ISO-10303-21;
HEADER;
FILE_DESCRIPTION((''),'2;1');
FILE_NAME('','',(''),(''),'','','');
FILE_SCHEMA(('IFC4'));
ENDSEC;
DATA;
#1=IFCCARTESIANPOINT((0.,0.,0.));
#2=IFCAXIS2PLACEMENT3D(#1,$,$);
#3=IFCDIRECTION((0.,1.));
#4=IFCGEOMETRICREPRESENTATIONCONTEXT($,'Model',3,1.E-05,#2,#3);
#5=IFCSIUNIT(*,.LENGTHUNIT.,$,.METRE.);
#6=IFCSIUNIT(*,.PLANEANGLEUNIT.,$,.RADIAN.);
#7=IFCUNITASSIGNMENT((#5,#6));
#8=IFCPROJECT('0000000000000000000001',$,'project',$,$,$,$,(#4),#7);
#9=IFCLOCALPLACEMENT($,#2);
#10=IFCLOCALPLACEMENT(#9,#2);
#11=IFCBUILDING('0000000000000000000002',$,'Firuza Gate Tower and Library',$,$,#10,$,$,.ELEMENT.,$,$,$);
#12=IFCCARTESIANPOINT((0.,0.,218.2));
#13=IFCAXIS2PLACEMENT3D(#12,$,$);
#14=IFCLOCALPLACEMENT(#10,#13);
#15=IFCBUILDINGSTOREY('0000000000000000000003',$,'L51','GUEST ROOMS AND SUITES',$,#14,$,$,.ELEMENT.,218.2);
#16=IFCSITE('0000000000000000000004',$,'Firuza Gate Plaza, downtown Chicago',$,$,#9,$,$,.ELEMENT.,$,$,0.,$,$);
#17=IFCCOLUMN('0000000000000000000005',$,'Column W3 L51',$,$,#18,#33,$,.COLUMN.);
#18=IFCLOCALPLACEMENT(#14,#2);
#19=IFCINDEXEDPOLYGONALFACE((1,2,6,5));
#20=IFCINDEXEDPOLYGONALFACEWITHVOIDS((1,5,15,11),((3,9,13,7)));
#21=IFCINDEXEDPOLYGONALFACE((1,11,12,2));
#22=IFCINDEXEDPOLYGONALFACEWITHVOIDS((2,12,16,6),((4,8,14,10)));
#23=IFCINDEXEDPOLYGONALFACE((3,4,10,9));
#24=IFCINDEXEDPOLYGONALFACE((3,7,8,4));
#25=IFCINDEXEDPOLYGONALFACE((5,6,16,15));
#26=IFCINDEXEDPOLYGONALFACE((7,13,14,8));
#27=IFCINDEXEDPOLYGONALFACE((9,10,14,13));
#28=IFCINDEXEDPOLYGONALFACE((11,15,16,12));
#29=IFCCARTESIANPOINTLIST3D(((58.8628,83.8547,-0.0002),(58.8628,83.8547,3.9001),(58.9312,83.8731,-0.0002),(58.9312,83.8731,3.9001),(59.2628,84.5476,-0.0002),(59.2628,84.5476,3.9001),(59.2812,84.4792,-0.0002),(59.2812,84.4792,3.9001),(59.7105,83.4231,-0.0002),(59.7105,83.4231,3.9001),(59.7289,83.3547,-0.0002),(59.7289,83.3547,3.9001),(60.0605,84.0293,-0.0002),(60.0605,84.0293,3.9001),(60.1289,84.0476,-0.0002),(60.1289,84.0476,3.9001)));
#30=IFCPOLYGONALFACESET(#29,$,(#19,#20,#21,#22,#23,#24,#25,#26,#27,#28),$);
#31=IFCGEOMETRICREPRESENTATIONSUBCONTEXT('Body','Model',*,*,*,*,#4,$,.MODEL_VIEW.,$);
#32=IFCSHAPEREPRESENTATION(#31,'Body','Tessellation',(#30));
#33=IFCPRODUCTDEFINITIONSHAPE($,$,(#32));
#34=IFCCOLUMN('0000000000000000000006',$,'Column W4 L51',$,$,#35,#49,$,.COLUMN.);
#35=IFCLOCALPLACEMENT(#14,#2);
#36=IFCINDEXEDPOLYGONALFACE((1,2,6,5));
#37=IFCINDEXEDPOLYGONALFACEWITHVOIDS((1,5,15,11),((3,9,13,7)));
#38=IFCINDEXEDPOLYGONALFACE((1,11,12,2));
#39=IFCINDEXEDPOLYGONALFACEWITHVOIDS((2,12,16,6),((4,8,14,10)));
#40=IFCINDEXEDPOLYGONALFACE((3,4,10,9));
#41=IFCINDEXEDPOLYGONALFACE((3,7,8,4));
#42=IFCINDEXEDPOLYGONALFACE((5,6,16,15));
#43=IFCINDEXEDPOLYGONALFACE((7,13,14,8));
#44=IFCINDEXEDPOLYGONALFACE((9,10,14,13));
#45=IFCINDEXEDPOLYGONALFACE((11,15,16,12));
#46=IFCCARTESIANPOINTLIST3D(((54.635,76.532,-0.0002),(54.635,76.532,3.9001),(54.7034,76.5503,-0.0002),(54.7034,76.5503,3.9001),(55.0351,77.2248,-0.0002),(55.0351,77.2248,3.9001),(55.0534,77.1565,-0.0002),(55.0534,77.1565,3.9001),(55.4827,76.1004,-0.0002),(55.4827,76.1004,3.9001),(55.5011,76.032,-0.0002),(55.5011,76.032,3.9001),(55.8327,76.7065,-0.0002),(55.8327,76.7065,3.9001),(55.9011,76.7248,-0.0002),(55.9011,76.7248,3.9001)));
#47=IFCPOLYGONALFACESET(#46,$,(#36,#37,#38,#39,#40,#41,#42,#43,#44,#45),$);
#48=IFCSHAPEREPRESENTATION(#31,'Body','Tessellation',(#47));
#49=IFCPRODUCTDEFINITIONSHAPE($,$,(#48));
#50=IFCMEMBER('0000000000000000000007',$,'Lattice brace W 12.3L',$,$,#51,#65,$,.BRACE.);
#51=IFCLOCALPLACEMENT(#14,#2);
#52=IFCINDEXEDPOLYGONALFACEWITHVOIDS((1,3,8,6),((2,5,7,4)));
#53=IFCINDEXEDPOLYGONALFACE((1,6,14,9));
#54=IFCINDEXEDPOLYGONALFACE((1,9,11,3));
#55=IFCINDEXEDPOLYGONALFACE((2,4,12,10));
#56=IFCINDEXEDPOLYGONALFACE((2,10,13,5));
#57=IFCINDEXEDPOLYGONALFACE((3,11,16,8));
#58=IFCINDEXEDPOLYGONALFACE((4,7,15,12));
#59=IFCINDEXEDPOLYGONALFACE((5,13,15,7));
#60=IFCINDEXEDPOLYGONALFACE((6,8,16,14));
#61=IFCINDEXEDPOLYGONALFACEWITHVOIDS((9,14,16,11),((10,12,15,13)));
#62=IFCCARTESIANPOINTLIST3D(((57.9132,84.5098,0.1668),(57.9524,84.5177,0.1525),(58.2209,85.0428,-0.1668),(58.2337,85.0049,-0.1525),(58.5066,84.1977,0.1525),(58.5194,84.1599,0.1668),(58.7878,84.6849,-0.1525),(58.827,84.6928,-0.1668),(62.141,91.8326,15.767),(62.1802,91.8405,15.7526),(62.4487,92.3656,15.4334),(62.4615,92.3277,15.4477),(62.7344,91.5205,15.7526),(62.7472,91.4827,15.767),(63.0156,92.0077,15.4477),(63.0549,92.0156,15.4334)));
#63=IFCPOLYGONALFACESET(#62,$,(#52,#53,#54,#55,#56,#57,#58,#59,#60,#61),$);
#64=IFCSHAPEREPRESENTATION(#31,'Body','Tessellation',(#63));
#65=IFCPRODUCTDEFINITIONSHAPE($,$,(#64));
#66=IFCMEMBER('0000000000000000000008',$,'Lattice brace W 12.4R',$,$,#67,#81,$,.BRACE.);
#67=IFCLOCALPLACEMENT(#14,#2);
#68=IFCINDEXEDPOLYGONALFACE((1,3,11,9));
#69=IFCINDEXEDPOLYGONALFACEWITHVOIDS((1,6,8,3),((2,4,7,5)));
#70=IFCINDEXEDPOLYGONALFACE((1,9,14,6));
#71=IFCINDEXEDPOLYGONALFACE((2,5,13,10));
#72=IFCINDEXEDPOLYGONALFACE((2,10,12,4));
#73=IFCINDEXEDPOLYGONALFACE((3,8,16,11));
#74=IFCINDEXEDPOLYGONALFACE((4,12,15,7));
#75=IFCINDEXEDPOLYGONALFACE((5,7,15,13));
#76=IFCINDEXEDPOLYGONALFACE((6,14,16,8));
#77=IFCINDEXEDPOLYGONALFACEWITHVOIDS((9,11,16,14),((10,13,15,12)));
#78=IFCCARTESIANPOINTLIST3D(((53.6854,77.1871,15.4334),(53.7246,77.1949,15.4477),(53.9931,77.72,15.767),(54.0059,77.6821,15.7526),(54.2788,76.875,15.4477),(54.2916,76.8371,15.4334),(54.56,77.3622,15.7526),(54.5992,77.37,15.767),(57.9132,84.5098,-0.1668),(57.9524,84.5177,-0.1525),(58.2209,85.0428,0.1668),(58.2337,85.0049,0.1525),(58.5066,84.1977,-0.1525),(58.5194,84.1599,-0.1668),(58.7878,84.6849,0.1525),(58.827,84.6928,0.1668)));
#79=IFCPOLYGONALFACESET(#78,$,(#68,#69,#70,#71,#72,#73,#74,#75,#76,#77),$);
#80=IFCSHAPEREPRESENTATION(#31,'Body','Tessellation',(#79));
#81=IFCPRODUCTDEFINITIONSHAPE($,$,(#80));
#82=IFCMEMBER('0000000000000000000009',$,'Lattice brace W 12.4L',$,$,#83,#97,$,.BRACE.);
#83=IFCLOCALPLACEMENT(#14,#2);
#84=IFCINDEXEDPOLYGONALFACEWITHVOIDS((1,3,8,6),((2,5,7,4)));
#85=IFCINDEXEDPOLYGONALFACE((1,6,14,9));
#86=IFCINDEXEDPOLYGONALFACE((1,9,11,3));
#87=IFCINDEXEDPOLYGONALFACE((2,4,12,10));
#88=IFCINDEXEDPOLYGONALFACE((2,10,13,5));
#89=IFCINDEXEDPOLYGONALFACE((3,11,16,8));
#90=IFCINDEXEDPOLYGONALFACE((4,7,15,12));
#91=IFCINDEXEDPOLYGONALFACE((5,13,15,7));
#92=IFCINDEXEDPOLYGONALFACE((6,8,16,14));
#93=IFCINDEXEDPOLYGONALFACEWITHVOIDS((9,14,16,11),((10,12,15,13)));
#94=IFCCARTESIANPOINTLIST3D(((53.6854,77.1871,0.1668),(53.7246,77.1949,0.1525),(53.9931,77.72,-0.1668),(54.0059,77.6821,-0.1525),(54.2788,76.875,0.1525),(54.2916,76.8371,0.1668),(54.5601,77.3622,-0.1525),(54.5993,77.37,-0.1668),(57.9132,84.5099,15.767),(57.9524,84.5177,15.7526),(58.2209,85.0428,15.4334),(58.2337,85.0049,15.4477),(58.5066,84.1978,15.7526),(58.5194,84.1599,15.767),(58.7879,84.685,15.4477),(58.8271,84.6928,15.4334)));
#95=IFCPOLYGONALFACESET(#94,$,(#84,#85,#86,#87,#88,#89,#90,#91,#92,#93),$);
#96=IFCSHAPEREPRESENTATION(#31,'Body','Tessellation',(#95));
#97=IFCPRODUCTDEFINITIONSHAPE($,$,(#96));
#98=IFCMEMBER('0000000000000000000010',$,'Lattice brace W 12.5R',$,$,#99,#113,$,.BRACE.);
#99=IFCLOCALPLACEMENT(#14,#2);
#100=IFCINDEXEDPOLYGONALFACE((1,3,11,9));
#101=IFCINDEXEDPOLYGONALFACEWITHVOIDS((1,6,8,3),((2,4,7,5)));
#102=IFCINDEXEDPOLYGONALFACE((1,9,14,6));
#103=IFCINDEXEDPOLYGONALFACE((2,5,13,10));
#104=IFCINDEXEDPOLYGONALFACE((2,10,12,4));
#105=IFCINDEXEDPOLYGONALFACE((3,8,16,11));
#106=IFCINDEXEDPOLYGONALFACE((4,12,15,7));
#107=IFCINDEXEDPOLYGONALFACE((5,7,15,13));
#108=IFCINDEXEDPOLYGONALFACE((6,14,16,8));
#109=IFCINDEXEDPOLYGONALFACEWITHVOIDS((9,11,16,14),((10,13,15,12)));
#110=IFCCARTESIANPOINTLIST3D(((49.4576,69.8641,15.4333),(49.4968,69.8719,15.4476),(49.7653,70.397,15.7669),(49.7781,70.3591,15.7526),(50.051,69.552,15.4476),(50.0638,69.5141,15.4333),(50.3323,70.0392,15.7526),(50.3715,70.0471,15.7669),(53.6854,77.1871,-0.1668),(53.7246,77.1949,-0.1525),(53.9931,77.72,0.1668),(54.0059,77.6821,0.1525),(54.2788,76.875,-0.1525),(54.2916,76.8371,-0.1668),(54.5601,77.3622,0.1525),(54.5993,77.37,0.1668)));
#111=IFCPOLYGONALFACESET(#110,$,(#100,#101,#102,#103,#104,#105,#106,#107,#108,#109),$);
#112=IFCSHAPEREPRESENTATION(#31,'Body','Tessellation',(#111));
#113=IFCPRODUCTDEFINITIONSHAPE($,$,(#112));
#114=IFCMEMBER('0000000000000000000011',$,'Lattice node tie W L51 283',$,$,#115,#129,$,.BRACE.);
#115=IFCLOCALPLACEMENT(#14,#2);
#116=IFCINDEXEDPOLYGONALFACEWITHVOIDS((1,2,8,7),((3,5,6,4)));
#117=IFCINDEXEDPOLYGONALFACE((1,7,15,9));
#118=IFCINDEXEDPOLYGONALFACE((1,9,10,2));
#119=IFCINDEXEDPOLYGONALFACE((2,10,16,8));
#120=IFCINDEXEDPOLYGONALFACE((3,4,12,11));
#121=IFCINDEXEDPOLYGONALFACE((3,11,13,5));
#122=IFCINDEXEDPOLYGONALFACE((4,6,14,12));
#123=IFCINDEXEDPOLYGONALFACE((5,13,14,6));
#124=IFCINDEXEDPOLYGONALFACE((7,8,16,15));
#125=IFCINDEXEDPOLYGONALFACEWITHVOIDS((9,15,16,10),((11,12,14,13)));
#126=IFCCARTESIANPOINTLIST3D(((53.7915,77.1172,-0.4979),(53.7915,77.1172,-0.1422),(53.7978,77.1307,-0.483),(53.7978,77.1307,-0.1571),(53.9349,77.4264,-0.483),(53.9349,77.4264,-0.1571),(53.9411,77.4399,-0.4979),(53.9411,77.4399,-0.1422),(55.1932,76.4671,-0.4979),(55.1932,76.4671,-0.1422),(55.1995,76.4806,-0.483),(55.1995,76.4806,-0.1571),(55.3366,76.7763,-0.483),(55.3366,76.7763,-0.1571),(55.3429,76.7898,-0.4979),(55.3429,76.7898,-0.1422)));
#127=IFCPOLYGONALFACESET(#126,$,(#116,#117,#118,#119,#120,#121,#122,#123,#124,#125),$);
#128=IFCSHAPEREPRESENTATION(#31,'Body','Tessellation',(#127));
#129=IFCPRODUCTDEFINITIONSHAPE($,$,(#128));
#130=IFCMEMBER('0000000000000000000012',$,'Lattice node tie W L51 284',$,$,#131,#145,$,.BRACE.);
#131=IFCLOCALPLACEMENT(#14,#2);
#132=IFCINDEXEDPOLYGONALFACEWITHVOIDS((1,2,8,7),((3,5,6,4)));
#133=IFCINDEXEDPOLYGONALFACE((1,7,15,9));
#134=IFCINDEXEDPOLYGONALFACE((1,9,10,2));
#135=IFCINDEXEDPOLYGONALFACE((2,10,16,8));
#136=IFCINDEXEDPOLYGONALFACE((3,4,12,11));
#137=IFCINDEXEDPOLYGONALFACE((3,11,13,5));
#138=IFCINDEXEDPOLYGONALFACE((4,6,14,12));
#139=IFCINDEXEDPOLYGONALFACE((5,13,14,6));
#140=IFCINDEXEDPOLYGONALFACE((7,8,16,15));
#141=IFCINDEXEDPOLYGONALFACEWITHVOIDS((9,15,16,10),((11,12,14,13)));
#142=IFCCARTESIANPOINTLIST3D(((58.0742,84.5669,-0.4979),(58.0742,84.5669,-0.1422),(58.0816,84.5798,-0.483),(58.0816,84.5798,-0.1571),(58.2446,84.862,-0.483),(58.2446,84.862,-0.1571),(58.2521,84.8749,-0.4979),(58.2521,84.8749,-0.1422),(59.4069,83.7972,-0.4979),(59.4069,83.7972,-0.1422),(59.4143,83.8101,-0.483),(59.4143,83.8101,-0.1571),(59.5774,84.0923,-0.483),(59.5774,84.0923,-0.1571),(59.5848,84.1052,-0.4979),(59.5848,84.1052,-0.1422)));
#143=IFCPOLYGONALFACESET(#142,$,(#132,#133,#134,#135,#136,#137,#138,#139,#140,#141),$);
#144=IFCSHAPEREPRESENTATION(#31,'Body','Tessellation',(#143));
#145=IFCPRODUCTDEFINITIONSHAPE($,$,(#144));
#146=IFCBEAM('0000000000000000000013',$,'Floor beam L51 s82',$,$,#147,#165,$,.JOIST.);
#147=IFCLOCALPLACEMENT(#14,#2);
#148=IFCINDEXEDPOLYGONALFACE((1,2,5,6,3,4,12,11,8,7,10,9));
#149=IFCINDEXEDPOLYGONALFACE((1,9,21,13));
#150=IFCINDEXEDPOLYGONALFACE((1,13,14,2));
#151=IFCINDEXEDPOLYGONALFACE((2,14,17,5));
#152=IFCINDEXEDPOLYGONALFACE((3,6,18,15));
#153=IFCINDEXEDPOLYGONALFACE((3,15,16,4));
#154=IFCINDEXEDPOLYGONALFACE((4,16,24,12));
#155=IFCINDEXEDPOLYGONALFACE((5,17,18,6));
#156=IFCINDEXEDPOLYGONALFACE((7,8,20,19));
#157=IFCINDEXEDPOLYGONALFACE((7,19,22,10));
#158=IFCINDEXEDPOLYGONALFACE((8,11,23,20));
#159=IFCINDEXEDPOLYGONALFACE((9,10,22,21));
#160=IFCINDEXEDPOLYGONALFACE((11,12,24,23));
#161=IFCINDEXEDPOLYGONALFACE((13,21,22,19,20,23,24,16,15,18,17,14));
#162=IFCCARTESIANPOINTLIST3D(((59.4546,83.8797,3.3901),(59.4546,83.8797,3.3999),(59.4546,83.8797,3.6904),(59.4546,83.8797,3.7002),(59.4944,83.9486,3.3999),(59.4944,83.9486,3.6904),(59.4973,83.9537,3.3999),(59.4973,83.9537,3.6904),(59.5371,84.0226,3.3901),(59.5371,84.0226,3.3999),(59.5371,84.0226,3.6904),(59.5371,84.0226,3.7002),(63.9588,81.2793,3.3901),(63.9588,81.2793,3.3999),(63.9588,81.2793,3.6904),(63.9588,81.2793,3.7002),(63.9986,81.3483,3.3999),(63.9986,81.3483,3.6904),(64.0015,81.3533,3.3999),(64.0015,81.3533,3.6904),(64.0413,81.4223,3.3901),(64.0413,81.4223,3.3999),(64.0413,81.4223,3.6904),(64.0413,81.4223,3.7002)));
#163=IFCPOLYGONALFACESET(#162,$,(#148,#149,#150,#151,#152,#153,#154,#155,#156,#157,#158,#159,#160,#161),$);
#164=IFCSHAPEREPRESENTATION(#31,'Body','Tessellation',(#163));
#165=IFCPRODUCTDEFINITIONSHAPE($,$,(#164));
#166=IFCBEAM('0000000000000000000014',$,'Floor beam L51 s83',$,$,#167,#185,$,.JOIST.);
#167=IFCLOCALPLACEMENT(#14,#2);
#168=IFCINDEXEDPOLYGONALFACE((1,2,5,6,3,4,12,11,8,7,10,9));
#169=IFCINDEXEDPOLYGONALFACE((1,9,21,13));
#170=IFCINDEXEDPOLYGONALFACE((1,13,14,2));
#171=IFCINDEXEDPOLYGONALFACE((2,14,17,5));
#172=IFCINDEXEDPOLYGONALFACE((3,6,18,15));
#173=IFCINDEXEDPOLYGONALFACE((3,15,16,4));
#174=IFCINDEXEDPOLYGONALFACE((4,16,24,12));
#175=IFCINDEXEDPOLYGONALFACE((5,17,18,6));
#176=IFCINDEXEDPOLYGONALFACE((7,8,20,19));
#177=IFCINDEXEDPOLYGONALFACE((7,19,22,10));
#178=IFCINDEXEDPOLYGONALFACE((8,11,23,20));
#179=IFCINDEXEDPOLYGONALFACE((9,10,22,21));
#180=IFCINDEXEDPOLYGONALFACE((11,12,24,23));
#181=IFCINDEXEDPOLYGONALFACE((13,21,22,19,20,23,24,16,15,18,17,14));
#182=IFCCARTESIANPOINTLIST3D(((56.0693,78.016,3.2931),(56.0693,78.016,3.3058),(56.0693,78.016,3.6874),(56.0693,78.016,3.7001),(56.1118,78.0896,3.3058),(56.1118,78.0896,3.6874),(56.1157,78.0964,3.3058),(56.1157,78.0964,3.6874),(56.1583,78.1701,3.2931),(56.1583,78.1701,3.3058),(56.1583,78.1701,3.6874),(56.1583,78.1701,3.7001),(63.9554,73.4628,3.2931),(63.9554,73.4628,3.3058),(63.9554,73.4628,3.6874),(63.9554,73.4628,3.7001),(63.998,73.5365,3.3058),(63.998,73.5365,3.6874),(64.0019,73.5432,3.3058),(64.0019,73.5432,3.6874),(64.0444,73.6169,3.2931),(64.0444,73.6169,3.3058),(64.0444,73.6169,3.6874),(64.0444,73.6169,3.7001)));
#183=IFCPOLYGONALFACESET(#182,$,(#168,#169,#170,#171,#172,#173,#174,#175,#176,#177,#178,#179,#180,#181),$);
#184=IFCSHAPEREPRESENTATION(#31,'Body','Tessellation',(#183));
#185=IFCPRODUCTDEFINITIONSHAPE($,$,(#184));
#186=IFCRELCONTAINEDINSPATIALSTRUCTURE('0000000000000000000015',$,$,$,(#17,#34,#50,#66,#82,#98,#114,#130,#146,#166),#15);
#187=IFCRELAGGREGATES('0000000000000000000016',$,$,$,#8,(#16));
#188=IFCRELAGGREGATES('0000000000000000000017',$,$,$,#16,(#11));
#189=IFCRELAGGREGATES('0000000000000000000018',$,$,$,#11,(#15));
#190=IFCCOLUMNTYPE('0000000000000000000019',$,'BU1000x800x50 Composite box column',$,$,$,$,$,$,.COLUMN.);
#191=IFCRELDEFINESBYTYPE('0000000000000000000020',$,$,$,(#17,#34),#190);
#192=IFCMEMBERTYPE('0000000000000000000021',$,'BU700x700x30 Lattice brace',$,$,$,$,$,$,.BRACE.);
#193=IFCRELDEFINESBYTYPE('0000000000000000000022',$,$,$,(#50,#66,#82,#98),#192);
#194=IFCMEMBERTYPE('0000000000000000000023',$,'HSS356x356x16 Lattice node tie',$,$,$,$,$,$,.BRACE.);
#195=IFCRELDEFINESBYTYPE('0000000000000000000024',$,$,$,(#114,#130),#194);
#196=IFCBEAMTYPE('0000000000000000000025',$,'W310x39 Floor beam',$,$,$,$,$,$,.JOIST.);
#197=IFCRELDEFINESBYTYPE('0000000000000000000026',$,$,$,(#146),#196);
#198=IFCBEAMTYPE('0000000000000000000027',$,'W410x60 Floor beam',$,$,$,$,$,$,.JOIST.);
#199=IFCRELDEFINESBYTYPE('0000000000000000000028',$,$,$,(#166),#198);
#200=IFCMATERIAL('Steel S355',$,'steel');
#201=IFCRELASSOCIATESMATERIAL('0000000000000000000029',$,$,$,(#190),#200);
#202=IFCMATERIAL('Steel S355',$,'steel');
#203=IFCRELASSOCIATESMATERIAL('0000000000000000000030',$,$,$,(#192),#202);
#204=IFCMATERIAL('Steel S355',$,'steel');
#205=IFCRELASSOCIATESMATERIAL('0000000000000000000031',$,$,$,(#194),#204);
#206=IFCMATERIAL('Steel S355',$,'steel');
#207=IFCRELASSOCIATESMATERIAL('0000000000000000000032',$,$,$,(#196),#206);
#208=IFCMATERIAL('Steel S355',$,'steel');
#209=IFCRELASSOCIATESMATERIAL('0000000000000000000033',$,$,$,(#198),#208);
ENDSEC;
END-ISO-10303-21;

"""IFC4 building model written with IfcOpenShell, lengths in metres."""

from ifc_helpers import new_model, si_unit, direction, frame, origin, origin_2d, place, context, subcontext, project, spatial, hollow_rectangle, i_section, extrude, material, material_profile, profile_set, type_object, element, save


model = new_model("IFC4")

# Units and contexts
model_context = context("Model", 3, precision=1e-05, world=origin(), true_north=direction((0.0, 1.0)))
body_context = subcontext(model_context, "Body", "Model", "MODEL_VIEW")
ifc_project = project(units=[si_unit("LENGTHUNIT", "METRE"), si_unit("PLANEANGLEUNIT", "RADIAN")], contexts=[model_context])

# Site, building, storey
site_placement = place(None, origin())
site = spatial("IfcSite", under=ifc_project, at=site_placement, Name="Firuza Gate Plaza, downtown Chicago", CompositionType="ELEMENT", RefElevation=0.0)
building_placement = place(site_placement, origin())
building = spatial("IfcBuilding", under=site, at=building_placement, Name="Firuza Gate Tower and Library", CompositionType="ELEMENT")
storey_placement = place(building_placement, frame((0.0, 0.0, 218.2)))
storey = spatial("IfcBuildingStorey", under=building, at=storey_placement, Name="L51", Description="GUEST ROOMS AND SUITES", CompositionType="ELEMENT", Elevation=218.2)

# Columns
ifc_material_1 = material(Name="Steel S355", Category="steel")
ifc_material_profile_1 = material_profile(ifc_material_1, hollow_rectangle(XDim=0.8, YDim=1.0, WallThickness=0.05, at=origin_2d()))
ifc_profile_set_1 = profile_set([ifc_material_profile_1], Name="Steel S355")
column_type = type_object("IfcColumnType", Name="BU1000x800x50 Composite box column", PredefinedType="COLUMN", material=ifc_profile_set_1)
for number, where, z_axis, x_axis, name in (
    (1, (59.4958, 83.9512, -0.0002), (0.0, 0.0, 1.0), (-0.5, -0.866025, 0.0), "Column W3 L51"),
    (2, (55.2681, 76.6284, -0.0002), (0.0, 0.0, 1.0), (-0.5, -0.866025, 0.0), "Column W4 L51"),
):
    element("IfcColumn", number, at=place(storey_placement, frame(where, z_axis=z_axis, x_axis=x_axis)), inside=storey, type_object=column_type, Name=name, PredefinedType="COLUMN", context=body_context, shape_type="SweptSolid", body=[
        extrude(hollow_rectangle(XDim=0.8, YDim=1.0, WallThickness=0.05, at=origin_2d()), origin(), (0.0, 0.0, 1.0), 3.9004),
    ])

# Members
ifc_material_2 = material(Name="Steel S355", Category="steel")
ifc_material_profile_2 = material_profile(ifc_material_2, hollow_rectangle(XDim=0.7, YDim=0.7, WallThickness=0.03, at=origin_2d()))
ifc_profile_set_2 = profile_set([ifc_material_profile_2], Name="Steel S355")
member_type_1 = type_object("IfcMemberType", Name="BU700x700x30 Lattice brace", PredefinedType="BRACE", material=ifc_profile_set_2)
for number, where, z_axis, x_axis, name in (
    (3, (58.3701, 84.6013, 0.0), (0.238262, 0.412682, 0.879161), (-0.866026, 0.499999, 0.0), "Lattice brace W 12.3L"),
    (4, (58.3701, 84.6013, 0.0), (-0.238262, -0.412682, 0.879161), (0.866026, -0.499999, 0.0), "Lattice brace W 12.4R"),
    (5, (54.1423, 77.2786, 0.0), (0.238262, 0.412682, 0.879161), (-0.866026, 0.499999, 0.0), "Lattice brace W 12.4L"),
    (6, (54.1423, 77.2786, 0.0), (-0.23826, -0.412694, 0.879156), (0.866033, -0.499987, 0.0), "Lattice brace W 12.5R"),
):
    element("IfcMember", number, at=place(storey_placement, frame(where, z_axis=z_axis, x_axis=x_axis)), inside=storey, type_object=member_type_1, Name=name, PredefinedType="BRACE", context=body_context, shape_type="SweptSolid", body=[
        extrude(hollow_rectangle(XDim=0.7, YDim=0.7, WallThickness=0.03, at=origin_2d()), origin(), (0.0, 0.0, 1.0), 17.7444),
    ])
ifc_material_3 = material(Name="Steel S355", Category="steel")
ifc_material_profile_3 = material_profile(ifc_material_3, hollow_rectangle(XDim=0.3557, YDim=0.3557, WallThickness=0.0149, at=origin_2d()))
ifc_profile_set_3 = profile_set([ifc_material_profile_3], Name="Steel S355")
member_type_2 = type_object("IfcMemberType", Name="HSS356x356x16 Lattice node tie", PredefinedType="BRACE", material=ifc_profile_set_3)
member_1_placement = place(storey_placement, frame((55.2681, 76.6284, -0.3201), z_axis=(-0.907186, 0.420731, 0.0), x_axis=(-0.420731, -0.907186, 0.0)))
element("IfcMember", 7, at=member_1_placement, inside=storey, type_object=member_type_2, Name="Lattice node tie W L51 283", PredefinedType="BRACE", context=body_context, shape_type="SweptSolid", body=[
    extrude(hollow_rectangle(XDim=0.3557, YDim=0.3557, WallThickness=0.0149, at=origin_2d()), origin(), (0.0, 0.0, 1.0), 1.5452),
])
member_2_placement = place(storey_placement, frame((59.4958, 83.9512, -0.3201), z_axis=(-0.86594, 0.500148, 0.0), x_axis=(-0.500148, -0.86594, 0.0)))
element("IfcMember", 8, at=member_2_placement, inside=storey, type_object=member_type_2, Name="Lattice node tie W L51 284", PredefinedType="BRACE", context=body_context, shape_type="SweptSolid", body=[
    extrude(hollow_rectangle(XDim=0.3557, YDim=0.3557, WallThickness=0.0149, at=origin_2d()), origin(), (0.0, 0.0, 1.0), 1.5391),
])

# Beams
ifc_material_4 = material(Name="Steel S355", Category="steel")
ifc_material_profile_4 = material_profile(ifc_material_4, i_section(OverallWidth=0.165, OverallDepth=0.3101, WebThickness=0.0059, FlangeThickness=0.0098, at=origin_2d()))
ifc_profile_set_4 = profile_set([ifc_material_profile_4], Name="Steel S355")
beam_type_1 = type_object("IfcBeamType", Name="W310x39 Floor beam", PredefinedType="JOIST", material=ifc_profile_set_4)
beam_1_placement = place(storey_placement, frame((59.4958, 83.9512, 3.5452), z_axis=(0.866036, -0.499981, 0.0), x_axis=(0.499981, 0.866036, 0.0)))
element("IfcBeam", 9, at=beam_1_placement, inside=storey, type_object=beam_type_1, Name="Floor beam L51 s82", PredefinedType="JOIST", context=body_context, shape_type="SweptSolid", body=[
    extrude(i_section(OverallWidth=0.165, OverallDepth=0.3101, WebThickness=0.0059, FlangeThickness=0.0098, at=origin_2d()), origin(), (0.0, 0.0, 1.0), 5.2009),
])
ifc_material_5 = material(Name="Steel S355", Category="steel")
ifc_material_profile_5 = material_profile(ifc_material_5, i_section(OverallWidth=0.178, OverallDepth=0.407, WebThickness=0.0078, FlangeThickness=0.0127, at=origin_2d()))
ifc_profile_set_5 = profile_set([ifc_material_profile_5], Name="Steel S355")
beam_type_2 = type_object("IfcBeamType", Name="W410x60 Floor beam", PredefinedType="JOIST", material=ifc_profile_set_5)
beam_2_placement = place(storey_placement, frame((56.1138, 78.093, 3.4966), z_axis=(0.86602, -0.500009, 0.0), x_axis=(0.500009, 0.86602, 0.0)))
element("IfcBeam", 10, at=beam_2_placement, inside=storey, type_object=beam_type_2, Name="Floor beam L51 s83", PredefinedType="JOIST", context=body_context, shape_type="SweptSolid", body=[
    extrude(i_section(OverallWidth=0.178, OverallDepth=0.407, WebThickness=0.0078, FlangeThickness=0.0127, at=origin_2d()), origin(), (0.0, 0.0, 1.0), 9.1062),
])

save(model, "model.ifc")
